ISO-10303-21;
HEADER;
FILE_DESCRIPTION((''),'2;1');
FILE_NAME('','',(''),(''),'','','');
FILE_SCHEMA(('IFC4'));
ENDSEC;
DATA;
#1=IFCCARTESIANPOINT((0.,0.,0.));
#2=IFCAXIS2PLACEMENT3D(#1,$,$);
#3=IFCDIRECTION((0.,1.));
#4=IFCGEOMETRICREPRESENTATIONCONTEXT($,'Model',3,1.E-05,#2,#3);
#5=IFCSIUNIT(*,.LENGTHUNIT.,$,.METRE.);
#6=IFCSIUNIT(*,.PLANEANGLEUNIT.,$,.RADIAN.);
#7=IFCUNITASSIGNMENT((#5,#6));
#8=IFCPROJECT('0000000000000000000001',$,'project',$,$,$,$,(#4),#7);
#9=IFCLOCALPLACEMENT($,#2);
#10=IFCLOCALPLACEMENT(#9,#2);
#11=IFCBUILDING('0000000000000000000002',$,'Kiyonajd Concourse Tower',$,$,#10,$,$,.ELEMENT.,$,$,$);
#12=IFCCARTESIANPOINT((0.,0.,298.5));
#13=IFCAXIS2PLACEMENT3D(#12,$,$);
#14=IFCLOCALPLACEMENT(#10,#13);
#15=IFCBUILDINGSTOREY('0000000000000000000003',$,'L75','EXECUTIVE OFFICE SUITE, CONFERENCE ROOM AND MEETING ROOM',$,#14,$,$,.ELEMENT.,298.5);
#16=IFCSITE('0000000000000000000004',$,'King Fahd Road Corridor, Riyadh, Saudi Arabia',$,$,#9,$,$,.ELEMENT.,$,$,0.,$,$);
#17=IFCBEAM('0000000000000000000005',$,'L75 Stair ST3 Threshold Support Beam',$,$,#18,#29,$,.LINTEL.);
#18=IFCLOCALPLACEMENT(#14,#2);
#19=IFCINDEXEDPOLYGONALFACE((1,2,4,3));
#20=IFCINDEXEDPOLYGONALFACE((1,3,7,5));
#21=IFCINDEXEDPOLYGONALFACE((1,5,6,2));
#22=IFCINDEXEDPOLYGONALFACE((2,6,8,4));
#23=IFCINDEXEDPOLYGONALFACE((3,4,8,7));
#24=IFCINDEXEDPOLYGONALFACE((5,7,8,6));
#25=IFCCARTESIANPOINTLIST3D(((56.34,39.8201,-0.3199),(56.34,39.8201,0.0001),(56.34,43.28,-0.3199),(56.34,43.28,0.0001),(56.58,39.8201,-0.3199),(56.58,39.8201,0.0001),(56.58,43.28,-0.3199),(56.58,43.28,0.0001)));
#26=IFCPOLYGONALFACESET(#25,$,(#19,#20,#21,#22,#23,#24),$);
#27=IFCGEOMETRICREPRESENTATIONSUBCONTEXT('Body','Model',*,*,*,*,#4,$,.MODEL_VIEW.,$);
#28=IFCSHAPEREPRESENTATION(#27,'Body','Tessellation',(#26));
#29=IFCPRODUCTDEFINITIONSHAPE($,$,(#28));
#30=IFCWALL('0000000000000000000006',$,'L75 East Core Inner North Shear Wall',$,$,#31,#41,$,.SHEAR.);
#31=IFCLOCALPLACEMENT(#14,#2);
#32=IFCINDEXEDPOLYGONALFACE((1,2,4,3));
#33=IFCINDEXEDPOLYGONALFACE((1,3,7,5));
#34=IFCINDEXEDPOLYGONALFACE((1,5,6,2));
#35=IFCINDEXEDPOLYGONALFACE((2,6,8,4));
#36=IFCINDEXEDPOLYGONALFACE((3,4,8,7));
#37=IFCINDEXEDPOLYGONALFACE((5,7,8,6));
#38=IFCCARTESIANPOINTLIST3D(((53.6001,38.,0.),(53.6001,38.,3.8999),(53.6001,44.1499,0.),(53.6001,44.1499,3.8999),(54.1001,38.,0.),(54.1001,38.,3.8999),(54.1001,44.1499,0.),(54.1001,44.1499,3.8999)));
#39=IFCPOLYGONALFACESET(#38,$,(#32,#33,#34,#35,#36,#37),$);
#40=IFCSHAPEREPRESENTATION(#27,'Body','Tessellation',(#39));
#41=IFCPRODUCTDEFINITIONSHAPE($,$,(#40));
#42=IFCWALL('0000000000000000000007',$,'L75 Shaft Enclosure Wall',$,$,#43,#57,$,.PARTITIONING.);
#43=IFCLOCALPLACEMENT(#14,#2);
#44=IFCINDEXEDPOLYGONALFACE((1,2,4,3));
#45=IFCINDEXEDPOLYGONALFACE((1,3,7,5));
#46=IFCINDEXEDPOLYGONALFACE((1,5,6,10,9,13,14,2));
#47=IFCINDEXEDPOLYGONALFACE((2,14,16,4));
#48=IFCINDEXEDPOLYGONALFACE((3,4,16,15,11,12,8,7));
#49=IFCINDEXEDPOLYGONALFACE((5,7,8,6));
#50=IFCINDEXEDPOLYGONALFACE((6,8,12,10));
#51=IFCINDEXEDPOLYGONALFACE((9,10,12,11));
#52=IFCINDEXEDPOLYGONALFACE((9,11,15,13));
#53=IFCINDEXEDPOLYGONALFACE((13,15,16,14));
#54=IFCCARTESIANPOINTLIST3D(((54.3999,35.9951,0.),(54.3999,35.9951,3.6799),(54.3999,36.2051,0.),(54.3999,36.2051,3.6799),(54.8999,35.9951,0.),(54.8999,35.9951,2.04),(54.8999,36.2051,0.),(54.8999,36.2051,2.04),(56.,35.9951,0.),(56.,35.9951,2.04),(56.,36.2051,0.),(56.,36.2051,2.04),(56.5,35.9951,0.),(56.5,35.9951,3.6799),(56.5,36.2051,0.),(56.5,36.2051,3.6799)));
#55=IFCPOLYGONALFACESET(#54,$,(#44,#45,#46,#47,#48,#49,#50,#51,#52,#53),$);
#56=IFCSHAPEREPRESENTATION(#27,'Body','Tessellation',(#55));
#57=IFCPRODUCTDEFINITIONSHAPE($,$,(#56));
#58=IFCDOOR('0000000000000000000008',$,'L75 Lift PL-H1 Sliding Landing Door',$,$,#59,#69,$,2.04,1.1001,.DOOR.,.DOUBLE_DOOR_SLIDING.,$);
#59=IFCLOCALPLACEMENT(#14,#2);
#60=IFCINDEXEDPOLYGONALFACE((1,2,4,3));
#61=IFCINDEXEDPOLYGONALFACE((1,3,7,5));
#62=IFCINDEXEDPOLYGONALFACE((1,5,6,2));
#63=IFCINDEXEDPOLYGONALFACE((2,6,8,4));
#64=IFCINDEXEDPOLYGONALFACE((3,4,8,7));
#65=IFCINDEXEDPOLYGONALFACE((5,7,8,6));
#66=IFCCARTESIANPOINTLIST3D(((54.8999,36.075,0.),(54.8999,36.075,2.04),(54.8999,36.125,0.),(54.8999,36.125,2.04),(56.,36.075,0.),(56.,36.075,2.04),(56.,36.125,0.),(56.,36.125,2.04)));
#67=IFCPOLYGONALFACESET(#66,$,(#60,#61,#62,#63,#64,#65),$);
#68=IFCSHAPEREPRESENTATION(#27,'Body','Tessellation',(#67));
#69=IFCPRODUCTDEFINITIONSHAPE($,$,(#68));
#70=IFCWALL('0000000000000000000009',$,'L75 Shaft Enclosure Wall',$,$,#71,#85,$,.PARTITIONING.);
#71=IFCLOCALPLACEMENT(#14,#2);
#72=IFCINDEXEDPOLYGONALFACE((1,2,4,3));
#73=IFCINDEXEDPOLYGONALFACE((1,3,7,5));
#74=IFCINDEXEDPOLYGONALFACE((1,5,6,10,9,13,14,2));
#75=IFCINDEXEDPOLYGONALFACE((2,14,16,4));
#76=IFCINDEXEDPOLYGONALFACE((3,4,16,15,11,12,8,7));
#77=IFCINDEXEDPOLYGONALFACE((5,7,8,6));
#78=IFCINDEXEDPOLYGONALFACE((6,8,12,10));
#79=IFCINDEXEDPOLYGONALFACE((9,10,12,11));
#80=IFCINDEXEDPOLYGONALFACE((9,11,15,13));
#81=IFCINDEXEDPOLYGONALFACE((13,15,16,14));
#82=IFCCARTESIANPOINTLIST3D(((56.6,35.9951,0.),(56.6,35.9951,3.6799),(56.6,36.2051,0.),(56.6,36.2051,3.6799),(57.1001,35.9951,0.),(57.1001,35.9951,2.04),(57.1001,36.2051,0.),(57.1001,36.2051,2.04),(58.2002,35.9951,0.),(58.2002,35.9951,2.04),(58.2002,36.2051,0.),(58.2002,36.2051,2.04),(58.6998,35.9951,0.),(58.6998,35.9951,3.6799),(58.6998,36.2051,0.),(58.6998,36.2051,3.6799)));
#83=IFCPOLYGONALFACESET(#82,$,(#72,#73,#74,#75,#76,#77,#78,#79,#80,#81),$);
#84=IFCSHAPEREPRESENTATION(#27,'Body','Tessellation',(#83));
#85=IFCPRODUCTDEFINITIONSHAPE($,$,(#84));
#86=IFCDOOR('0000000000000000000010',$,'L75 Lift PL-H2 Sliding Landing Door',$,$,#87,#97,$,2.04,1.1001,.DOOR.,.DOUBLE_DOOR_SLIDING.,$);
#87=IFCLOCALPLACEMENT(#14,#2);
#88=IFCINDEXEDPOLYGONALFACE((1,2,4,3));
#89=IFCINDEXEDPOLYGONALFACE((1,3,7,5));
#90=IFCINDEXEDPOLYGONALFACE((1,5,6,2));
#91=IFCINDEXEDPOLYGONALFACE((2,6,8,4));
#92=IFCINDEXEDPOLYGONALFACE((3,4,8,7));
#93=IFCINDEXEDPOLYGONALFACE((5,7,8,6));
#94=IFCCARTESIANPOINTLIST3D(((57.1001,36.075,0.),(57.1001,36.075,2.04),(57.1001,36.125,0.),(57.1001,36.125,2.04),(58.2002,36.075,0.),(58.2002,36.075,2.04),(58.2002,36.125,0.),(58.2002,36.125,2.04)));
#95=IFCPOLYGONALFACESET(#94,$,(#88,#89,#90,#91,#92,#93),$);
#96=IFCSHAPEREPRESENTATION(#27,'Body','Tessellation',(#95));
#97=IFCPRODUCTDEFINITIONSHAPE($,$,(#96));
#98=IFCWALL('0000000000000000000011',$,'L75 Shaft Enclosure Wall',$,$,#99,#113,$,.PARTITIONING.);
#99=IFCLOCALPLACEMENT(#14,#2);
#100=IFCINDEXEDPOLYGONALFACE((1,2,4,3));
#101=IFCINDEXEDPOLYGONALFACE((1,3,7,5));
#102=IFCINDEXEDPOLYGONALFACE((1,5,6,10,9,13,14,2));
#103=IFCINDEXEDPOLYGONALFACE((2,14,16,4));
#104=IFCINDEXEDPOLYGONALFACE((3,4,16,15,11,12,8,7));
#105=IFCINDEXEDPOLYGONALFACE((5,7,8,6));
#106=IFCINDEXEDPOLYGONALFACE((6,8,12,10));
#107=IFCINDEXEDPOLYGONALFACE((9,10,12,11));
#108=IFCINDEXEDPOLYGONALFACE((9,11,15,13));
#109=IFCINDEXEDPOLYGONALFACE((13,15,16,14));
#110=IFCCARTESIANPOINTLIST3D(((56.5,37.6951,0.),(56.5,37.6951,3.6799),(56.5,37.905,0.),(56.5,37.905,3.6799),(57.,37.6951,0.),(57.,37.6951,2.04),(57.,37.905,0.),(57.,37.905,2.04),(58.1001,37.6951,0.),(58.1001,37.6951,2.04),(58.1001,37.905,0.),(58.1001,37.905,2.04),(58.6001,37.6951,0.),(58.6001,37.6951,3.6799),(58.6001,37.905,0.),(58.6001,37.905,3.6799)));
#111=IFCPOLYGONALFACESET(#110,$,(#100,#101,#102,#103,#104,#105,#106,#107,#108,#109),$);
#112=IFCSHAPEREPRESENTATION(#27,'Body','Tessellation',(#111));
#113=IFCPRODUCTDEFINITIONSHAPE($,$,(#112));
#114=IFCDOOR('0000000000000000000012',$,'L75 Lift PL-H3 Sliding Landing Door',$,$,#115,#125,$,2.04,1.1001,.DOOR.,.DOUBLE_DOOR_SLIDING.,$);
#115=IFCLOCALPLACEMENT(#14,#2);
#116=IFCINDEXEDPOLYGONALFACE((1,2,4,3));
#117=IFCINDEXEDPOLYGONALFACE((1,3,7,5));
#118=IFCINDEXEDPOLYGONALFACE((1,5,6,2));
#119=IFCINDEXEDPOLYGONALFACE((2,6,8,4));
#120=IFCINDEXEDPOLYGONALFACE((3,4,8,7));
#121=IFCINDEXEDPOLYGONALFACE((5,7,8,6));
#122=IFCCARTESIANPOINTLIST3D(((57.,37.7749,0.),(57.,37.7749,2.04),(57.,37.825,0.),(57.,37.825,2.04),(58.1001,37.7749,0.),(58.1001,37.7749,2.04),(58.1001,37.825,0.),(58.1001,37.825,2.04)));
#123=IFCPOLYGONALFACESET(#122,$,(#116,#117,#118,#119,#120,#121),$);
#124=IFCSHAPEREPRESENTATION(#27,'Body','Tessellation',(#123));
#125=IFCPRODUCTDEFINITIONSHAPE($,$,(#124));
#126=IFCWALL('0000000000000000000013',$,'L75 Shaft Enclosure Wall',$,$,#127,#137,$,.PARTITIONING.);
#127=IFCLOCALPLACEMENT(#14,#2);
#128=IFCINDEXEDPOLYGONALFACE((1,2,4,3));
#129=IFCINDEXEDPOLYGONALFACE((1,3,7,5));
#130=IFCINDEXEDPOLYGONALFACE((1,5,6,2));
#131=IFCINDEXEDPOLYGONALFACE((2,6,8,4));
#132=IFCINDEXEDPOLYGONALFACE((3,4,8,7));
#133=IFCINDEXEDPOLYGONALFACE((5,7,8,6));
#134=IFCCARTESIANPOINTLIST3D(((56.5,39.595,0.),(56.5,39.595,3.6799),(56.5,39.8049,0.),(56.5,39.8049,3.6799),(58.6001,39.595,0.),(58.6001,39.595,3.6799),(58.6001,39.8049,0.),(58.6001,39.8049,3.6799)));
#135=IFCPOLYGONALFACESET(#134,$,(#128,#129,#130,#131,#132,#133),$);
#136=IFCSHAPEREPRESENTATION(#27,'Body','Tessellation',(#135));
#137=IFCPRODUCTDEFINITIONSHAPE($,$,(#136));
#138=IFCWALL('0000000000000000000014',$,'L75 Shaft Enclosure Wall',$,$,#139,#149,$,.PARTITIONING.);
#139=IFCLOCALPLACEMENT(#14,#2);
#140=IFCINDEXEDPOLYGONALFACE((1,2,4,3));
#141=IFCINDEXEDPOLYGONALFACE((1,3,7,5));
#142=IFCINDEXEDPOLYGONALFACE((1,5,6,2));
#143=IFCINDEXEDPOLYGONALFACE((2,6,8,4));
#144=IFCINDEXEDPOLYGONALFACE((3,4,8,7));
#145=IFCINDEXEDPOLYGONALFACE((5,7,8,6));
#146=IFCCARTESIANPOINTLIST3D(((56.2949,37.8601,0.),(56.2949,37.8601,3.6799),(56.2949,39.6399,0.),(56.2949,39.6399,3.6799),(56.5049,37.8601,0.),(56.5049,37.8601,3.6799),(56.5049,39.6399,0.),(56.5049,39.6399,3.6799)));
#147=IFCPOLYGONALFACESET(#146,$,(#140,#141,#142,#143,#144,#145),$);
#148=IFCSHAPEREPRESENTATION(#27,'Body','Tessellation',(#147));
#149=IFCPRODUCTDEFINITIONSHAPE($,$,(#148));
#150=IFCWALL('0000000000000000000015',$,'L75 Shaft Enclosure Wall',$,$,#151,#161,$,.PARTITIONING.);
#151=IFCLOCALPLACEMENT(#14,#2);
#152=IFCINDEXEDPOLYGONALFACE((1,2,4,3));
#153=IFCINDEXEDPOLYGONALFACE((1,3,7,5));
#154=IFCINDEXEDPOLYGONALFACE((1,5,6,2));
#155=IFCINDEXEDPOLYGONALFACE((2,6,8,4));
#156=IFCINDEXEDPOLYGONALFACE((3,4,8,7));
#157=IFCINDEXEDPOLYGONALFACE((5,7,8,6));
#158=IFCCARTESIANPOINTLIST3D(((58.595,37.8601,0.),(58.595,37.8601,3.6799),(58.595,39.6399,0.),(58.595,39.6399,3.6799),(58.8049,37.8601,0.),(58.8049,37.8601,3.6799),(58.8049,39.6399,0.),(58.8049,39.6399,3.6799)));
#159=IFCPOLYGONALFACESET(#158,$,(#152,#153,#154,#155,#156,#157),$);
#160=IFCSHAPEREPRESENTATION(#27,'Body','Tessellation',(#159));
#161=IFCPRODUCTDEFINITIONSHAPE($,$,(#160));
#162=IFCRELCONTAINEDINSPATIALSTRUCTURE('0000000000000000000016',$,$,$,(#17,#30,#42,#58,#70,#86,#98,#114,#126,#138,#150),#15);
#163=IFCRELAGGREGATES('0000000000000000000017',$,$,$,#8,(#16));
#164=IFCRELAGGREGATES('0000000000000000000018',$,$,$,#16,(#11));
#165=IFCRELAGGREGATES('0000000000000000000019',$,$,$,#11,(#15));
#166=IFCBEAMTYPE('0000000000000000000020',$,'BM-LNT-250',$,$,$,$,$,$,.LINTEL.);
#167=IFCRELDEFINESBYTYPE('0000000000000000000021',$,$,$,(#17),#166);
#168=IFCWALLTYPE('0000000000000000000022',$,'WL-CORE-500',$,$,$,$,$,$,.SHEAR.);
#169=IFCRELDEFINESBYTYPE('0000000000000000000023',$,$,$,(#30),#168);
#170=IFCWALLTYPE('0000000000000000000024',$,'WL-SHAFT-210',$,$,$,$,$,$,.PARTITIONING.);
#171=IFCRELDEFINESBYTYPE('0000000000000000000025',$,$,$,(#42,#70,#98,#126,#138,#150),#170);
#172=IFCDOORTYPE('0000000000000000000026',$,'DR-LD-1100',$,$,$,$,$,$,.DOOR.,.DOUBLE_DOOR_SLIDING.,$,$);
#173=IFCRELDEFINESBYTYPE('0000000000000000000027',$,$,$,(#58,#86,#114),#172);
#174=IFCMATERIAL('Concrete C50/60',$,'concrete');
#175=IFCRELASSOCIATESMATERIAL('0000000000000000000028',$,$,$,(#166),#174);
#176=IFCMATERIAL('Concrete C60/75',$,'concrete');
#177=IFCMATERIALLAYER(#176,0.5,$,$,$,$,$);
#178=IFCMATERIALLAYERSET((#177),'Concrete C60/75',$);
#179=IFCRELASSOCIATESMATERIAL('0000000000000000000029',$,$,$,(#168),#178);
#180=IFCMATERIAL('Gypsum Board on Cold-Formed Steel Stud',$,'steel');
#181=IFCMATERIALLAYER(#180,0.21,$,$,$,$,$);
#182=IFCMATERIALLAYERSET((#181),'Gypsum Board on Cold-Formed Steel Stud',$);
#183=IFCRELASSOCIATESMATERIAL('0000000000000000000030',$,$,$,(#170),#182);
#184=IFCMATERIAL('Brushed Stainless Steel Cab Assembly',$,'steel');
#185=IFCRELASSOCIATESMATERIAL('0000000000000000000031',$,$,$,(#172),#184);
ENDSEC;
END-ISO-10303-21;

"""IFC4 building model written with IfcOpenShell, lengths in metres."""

from ifc_helpers import new_model, si_unit, direction, frame, frame_2d, origin, origin_2d, place, context, subcontext, project, spatial, rectangle, extrude, material, layer, layer_set, material_profile, profile_set, type_object, element, fill, save


model = new_model("IFC4")

# Units and contexts
model_context = context("Model", 3, precision=1e-05, world=origin(), true_north=direction((0.0, 1.0)))
body_context = subcontext(model_context, "Body", "Model", "MODEL_VIEW")
ifc_project = project(units=[si_unit("LENGTHUNIT", "METRE"), si_unit("PLANEANGLEUNIT", "RADIAN")], contexts=[model_context])

# Site, building, storey
site_placement = place(None, origin())
site = spatial("IfcSite", under=ifc_project, at=site_placement, Name="King Fahd Road Corridor, Riyadh, Saudi Arabia", CompositionType="ELEMENT", RefElevation=0.0)
building_placement = place(site_placement, origin())
building = spatial("IfcBuilding", under=site, at=building_placement, Name="Kiyonajd Concourse Tower", CompositionType="ELEMENT")
storey_placement = place(building_placement, frame((0.0, 0.0, 298.5)))
storey = spatial("IfcBuildingStorey", under=building, at=storey_placement, Name="L75", Description="EXECUTIVE OFFICE SUITE, CONFERENCE ROOM AND MEETING ROOM", CompositionType="ELEMENT", Elevation=298.5)

# Beam
ifc_material_1 = material(Name="Concrete C50/60", Category="concrete")
ifc_material_profile = material_profile(ifc_material_1, rectangle(XDim=0.24, YDim=0.3201, at=origin_2d()), Name="RCBM-240x320")
ifc_profile_set = profile_set([ifc_material_profile], Name="Concrete C50/60")
beam_type = type_object("IfcBeamType", Name="BM-LNT-250", PredefinedType="LINTEL", material=ifc_profile_set)
beam_placement = place(storey_placement, frame((56.46, 39.8201, -0.1599), z_axis=(0.0, 1.0, 0.0), x_axis=(-1.0, 0.0, 0.0)))
element("IfcBeam", 1, at=beam_placement, inside=storey, type_object=beam_type, Name="L75 Stair ST3 Threshold Support Beam", PredefinedType="LINTEL", context=body_context, shape_type="SweptSolid", body=[
    extrude(rectangle(XDim=0.24, YDim=0.3201, at=origin_2d()), origin(), (0.0, 0.0, 1.0), 3.46),
])

# Wall
ifc_material_2 = material(Name="Concrete C60/75", Category="concrete")
ifc_layer_1 = layer(ifc_material_2, 0.5)
ifc_layer_set_1 = layer_set([ifc_layer_1], Name="Concrete C60/75")
wall_type_1 = type_object("IfcWallType", Name="WL-CORE-500", PredefinedType="SHEAR", material=ifc_layer_set_1)
wall_1_placement = place(storey_placement, frame((53.8501, 38.0, 0.0), z_axis=(0.0, 0.0, 1.0), x_axis=(0.0, 1.0, 0.0)))
element("IfcWall", 2, at=wall_1_placement, inside=storey, type_object=wall_type_1, Name="L75 East Core Inner North Shear Wall", PredefinedType="SHEAR", context=body_context, shape_type="SweptSolid", body=[
    extrude(rectangle(XDim=6.1499, YDim=0.5, at=frame_2d((3.075, 0.0))), origin(), (0.0, 0.0, 1.0), 3.8999),
])

# Walls, openings, doors
ifc_material_3 = material(Name="Gypsum Board on Cold-Formed Steel Stud", Category="steel")
ifc_layer_2 = layer(ifc_material_3, 0.21)
ifc_layer_set_2 = layer_set([ifc_layer_2], Name="Gypsum Board on Cold-Formed Steel Stud")
wall_type_2 = type_object("IfcWallType", Name="WL-SHAFT-210", PredefinedType="PARTITIONING", material=ifc_layer_set_2)
wall_2_placement = place(storey_placement, frame((54.3999, 36.1001, 0.0), z_axis=(0.0, 0.0, 1.0), x_axis=(1.0, 0.0, 0.0)))
wall_2 = element("IfcWall", 3, at=wall_2_placement, inside=storey, type_object=wall_type_2, Name="L75 Shaft Enclosure Wall", PredefinedType="PARTITIONING", context=body_context, shape_type="SweptSolid", body=[
    extrude(rectangle(XDim=2.1001, YDim=0.21, at=frame_2d((1.05, 0.0))), origin(), (0.0, 0.0, 1.0), 3.6799),
])
opening_1_placement = place(wall_2_placement, frame((0.5, 0.0, 0.0)))
opening_1 = element("IfcOpeningElement", 4, at=opening_1_placement, cuts=wall_2, PredefinedType="OPENING", context=body_context, shape_type="SweptSolid", body=[
    extrude(rectangle(XDim=1.1001, YDim=2.04, at=frame_2d((0.55, 1.02))), frame((0.0, 0.115, 0.0), z_axis=(0.0, -1.0, 0.0), x_axis=(1.0, 0.0, 0.0)), (0.0, 0.0, 1.0), 0.23),
])
ifc_material_4 = material(Name="Brushed Stainless Steel Cab Assembly", Category="steel")
door_type_1 = type_object("IfcDoorType", Name="DR-LD-1100", OperationType="DOUBLE_DOOR_SLIDING", PredefinedType="DOOR", material=ifc_material_4)
door_1_placement = place(opening_1_placement, origin())
door_1 = element("IfcDoor", 5, at=door_1_placement, inside=storey, type_object=door_type_1, Name="L75 Lift PL-H1 Sliding Landing Door", OperationType="DOUBLE_DOOR_SLIDING", OverallHeight=2.04, OverallWidth=1.1001, PredefinedType="DOOR", context=body_context, shape_type="SweptSolid", body=[
    extrude(rectangle(XDim=1.1001, YDim=2.04, at=frame_2d((0.55, 1.02))), frame((0.0, 0.0249, 0.0), z_axis=(0.0, -1.0, 0.0), x_axis=(1.0, 0.0, 0.0)), (0.0, 0.0, 1.0), 0.05),
])
fill(opening_1, door_1)
wall_3_placement = place(storey_placement, frame((56.6001, 36.1001, 0.0), z_axis=(0.0, 0.0, 1.0), x_axis=(1.0, 0.0, 0.0)))
wall_3 = element("IfcWall", 6, at=wall_3_placement, inside=storey, type_object=wall_type_2, Name="L75 Shaft Enclosure Wall", PredefinedType="PARTITIONING", context=body_context, shape_type="SweptSolid", body=[
    extrude(rectangle(XDim=2.0999, YDim=0.21, at=frame_2d((1.0498, 0.0))), origin(), (0.0, 0.0, 1.0), 3.6799),
])
opening_2_placement = place(wall_3_placement, frame((0.5, 0.0, 0.0)))
opening_2 = element("IfcOpeningElement", 7, at=opening_2_placement, cuts=wall_3, PredefinedType="OPENING", context=body_context, shape_type="SweptSolid", body=[
    extrude(rectangle(XDim=1.1001, YDim=2.04, at=frame_2d((0.55, 1.02))), frame((0.0, 0.115, 0.0), z_axis=(0.0, -1.0, 0.0), x_axis=(1.0, 0.0, 0.0)), (0.0, 0.0, 1.0), 0.23),
])
door_2_placement = place(opening_2_placement, origin())
door_2 = element("IfcDoor", 8, at=door_2_placement, inside=storey, type_object=door_type_1, Name="L75 Lift PL-H2 Sliding Landing Door", OperationType="DOUBLE_DOOR_SLIDING", OverallHeight=2.04, OverallWidth=1.1001, PredefinedType="DOOR", context=body_context, shape_type="SweptSolid", body=[
    extrude(rectangle(XDim=1.1001, YDim=2.04, at=frame_2d((0.55, 1.02))), frame((0.0, 0.0249, 0.0), z_axis=(0.0, -1.0, 0.0), x_axis=(1.0, 0.0, 0.0)), (0.0, 0.0, 1.0), 0.05),
])
fill(opening_2, door_2)
wall_4_placement = place(storey_placement, frame((56.5, 37.8, 0.0), z_axis=(0.0, 0.0, 1.0), x_axis=(1.0, 0.0, 0.0)))
wall_4 = element("IfcWall", 9, at=wall_4_placement, inside=storey, type_object=wall_type_2, Name="L75 Shaft Enclosure Wall", PredefinedType="PARTITIONING", context=body_context, shape_type="SweptSolid", body=[
    extrude(rectangle(XDim=2.1001, YDim=0.21, at=frame_2d((1.05, 0.0))), origin(), (0.0, 0.0, 1.0), 3.6799),
])
opening_3_placement = place(wall_4_placement, frame((0.5, 0.0, 0.0)))
opening_3 = element("IfcOpeningElement", 10, at=opening_3_placement, cuts=wall_4, PredefinedType="OPENING", context=body_context, shape_type="SweptSolid", body=[
    extrude(rectangle(XDim=1.1001, YDim=2.04, at=frame_2d((0.55, 1.02))), frame((0.0, 0.115, 0.0), z_axis=(0.0, -1.0, 0.0), x_axis=(1.0, 0.0, 0.0)), (0.0, 0.0, 1.0), 0.23),
])
door_3_placement = place(opening_3_placement, origin())
door_3 = element("IfcDoor", 11, at=door_3_placement, inside=storey, type_object=door_type_1, Name="L75 Lift PL-H3 Sliding Landing Door", OperationType="DOUBLE_DOOR_SLIDING", OverallHeight=2.04, OverallWidth=1.1001, PredefinedType="DOOR", context=body_context, shape_type="SweptSolid", body=[
    extrude(rectangle(XDim=1.1001, YDim=2.04, at=frame_2d((0.55, 1.02))), frame((0.0, 0.0249, 0.0), z_axis=(0.0, -1.0, 0.0), x_axis=(1.0, 0.0, 0.0)), (0.0, 0.0, 1.0), 0.05),
])
fill(opening_3, door_3)

# Walls
wall_5_placement = place(storey_placement, frame((56.5, 39.7, 0.0), z_axis=(0.0, 0.0, 1.0), x_axis=(1.0, 0.0, 0.0)))
element("IfcWall", 12, at=wall_5_placement, inside=storey, type_object=wall_type_2, Name="L75 Shaft Enclosure Wall", PredefinedType="PARTITIONING", context=body_context, shape_type="SweptSolid", body=[
    extrude(rectangle(XDim=2.1001, YDim=0.21, at=frame_2d((1.05, 0.0))), origin(), (0.0, 0.0, 1.0), 3.6799),
])
for number, where, z_axis, x_axis, name in (
    (13, (56.3999, 37.8601, 0.0), (0.0, 0.0, 1.0), (0.0, 1.0, 0.0), "L75 Shaft Enclosure Wall"),
    (14, (58.7, 37.8601, 0.0), (0.0, 0.0, 1.0), (0.0, 1.0, 0.0), "L75 Shaft Enclosure Wall"),
):
    element("IfcWall", number, at=place(storey_placement, frame(where, z_axis=z_axis, x_axis=x_axis)), inside=storey, type_object=wall_type_2, Name=name, PredefinedType="PARTITIONING", context=body_context, shape_type="SweptSolid", body=[
        extrude(rectangle(XDim=1.7798, YDim=0.21, at=frame_2d((0.8899, 0.0))), origin(), (0.0, 0.0, 1.0), 3.6799),
    ])

save(model, "model.ifc")
